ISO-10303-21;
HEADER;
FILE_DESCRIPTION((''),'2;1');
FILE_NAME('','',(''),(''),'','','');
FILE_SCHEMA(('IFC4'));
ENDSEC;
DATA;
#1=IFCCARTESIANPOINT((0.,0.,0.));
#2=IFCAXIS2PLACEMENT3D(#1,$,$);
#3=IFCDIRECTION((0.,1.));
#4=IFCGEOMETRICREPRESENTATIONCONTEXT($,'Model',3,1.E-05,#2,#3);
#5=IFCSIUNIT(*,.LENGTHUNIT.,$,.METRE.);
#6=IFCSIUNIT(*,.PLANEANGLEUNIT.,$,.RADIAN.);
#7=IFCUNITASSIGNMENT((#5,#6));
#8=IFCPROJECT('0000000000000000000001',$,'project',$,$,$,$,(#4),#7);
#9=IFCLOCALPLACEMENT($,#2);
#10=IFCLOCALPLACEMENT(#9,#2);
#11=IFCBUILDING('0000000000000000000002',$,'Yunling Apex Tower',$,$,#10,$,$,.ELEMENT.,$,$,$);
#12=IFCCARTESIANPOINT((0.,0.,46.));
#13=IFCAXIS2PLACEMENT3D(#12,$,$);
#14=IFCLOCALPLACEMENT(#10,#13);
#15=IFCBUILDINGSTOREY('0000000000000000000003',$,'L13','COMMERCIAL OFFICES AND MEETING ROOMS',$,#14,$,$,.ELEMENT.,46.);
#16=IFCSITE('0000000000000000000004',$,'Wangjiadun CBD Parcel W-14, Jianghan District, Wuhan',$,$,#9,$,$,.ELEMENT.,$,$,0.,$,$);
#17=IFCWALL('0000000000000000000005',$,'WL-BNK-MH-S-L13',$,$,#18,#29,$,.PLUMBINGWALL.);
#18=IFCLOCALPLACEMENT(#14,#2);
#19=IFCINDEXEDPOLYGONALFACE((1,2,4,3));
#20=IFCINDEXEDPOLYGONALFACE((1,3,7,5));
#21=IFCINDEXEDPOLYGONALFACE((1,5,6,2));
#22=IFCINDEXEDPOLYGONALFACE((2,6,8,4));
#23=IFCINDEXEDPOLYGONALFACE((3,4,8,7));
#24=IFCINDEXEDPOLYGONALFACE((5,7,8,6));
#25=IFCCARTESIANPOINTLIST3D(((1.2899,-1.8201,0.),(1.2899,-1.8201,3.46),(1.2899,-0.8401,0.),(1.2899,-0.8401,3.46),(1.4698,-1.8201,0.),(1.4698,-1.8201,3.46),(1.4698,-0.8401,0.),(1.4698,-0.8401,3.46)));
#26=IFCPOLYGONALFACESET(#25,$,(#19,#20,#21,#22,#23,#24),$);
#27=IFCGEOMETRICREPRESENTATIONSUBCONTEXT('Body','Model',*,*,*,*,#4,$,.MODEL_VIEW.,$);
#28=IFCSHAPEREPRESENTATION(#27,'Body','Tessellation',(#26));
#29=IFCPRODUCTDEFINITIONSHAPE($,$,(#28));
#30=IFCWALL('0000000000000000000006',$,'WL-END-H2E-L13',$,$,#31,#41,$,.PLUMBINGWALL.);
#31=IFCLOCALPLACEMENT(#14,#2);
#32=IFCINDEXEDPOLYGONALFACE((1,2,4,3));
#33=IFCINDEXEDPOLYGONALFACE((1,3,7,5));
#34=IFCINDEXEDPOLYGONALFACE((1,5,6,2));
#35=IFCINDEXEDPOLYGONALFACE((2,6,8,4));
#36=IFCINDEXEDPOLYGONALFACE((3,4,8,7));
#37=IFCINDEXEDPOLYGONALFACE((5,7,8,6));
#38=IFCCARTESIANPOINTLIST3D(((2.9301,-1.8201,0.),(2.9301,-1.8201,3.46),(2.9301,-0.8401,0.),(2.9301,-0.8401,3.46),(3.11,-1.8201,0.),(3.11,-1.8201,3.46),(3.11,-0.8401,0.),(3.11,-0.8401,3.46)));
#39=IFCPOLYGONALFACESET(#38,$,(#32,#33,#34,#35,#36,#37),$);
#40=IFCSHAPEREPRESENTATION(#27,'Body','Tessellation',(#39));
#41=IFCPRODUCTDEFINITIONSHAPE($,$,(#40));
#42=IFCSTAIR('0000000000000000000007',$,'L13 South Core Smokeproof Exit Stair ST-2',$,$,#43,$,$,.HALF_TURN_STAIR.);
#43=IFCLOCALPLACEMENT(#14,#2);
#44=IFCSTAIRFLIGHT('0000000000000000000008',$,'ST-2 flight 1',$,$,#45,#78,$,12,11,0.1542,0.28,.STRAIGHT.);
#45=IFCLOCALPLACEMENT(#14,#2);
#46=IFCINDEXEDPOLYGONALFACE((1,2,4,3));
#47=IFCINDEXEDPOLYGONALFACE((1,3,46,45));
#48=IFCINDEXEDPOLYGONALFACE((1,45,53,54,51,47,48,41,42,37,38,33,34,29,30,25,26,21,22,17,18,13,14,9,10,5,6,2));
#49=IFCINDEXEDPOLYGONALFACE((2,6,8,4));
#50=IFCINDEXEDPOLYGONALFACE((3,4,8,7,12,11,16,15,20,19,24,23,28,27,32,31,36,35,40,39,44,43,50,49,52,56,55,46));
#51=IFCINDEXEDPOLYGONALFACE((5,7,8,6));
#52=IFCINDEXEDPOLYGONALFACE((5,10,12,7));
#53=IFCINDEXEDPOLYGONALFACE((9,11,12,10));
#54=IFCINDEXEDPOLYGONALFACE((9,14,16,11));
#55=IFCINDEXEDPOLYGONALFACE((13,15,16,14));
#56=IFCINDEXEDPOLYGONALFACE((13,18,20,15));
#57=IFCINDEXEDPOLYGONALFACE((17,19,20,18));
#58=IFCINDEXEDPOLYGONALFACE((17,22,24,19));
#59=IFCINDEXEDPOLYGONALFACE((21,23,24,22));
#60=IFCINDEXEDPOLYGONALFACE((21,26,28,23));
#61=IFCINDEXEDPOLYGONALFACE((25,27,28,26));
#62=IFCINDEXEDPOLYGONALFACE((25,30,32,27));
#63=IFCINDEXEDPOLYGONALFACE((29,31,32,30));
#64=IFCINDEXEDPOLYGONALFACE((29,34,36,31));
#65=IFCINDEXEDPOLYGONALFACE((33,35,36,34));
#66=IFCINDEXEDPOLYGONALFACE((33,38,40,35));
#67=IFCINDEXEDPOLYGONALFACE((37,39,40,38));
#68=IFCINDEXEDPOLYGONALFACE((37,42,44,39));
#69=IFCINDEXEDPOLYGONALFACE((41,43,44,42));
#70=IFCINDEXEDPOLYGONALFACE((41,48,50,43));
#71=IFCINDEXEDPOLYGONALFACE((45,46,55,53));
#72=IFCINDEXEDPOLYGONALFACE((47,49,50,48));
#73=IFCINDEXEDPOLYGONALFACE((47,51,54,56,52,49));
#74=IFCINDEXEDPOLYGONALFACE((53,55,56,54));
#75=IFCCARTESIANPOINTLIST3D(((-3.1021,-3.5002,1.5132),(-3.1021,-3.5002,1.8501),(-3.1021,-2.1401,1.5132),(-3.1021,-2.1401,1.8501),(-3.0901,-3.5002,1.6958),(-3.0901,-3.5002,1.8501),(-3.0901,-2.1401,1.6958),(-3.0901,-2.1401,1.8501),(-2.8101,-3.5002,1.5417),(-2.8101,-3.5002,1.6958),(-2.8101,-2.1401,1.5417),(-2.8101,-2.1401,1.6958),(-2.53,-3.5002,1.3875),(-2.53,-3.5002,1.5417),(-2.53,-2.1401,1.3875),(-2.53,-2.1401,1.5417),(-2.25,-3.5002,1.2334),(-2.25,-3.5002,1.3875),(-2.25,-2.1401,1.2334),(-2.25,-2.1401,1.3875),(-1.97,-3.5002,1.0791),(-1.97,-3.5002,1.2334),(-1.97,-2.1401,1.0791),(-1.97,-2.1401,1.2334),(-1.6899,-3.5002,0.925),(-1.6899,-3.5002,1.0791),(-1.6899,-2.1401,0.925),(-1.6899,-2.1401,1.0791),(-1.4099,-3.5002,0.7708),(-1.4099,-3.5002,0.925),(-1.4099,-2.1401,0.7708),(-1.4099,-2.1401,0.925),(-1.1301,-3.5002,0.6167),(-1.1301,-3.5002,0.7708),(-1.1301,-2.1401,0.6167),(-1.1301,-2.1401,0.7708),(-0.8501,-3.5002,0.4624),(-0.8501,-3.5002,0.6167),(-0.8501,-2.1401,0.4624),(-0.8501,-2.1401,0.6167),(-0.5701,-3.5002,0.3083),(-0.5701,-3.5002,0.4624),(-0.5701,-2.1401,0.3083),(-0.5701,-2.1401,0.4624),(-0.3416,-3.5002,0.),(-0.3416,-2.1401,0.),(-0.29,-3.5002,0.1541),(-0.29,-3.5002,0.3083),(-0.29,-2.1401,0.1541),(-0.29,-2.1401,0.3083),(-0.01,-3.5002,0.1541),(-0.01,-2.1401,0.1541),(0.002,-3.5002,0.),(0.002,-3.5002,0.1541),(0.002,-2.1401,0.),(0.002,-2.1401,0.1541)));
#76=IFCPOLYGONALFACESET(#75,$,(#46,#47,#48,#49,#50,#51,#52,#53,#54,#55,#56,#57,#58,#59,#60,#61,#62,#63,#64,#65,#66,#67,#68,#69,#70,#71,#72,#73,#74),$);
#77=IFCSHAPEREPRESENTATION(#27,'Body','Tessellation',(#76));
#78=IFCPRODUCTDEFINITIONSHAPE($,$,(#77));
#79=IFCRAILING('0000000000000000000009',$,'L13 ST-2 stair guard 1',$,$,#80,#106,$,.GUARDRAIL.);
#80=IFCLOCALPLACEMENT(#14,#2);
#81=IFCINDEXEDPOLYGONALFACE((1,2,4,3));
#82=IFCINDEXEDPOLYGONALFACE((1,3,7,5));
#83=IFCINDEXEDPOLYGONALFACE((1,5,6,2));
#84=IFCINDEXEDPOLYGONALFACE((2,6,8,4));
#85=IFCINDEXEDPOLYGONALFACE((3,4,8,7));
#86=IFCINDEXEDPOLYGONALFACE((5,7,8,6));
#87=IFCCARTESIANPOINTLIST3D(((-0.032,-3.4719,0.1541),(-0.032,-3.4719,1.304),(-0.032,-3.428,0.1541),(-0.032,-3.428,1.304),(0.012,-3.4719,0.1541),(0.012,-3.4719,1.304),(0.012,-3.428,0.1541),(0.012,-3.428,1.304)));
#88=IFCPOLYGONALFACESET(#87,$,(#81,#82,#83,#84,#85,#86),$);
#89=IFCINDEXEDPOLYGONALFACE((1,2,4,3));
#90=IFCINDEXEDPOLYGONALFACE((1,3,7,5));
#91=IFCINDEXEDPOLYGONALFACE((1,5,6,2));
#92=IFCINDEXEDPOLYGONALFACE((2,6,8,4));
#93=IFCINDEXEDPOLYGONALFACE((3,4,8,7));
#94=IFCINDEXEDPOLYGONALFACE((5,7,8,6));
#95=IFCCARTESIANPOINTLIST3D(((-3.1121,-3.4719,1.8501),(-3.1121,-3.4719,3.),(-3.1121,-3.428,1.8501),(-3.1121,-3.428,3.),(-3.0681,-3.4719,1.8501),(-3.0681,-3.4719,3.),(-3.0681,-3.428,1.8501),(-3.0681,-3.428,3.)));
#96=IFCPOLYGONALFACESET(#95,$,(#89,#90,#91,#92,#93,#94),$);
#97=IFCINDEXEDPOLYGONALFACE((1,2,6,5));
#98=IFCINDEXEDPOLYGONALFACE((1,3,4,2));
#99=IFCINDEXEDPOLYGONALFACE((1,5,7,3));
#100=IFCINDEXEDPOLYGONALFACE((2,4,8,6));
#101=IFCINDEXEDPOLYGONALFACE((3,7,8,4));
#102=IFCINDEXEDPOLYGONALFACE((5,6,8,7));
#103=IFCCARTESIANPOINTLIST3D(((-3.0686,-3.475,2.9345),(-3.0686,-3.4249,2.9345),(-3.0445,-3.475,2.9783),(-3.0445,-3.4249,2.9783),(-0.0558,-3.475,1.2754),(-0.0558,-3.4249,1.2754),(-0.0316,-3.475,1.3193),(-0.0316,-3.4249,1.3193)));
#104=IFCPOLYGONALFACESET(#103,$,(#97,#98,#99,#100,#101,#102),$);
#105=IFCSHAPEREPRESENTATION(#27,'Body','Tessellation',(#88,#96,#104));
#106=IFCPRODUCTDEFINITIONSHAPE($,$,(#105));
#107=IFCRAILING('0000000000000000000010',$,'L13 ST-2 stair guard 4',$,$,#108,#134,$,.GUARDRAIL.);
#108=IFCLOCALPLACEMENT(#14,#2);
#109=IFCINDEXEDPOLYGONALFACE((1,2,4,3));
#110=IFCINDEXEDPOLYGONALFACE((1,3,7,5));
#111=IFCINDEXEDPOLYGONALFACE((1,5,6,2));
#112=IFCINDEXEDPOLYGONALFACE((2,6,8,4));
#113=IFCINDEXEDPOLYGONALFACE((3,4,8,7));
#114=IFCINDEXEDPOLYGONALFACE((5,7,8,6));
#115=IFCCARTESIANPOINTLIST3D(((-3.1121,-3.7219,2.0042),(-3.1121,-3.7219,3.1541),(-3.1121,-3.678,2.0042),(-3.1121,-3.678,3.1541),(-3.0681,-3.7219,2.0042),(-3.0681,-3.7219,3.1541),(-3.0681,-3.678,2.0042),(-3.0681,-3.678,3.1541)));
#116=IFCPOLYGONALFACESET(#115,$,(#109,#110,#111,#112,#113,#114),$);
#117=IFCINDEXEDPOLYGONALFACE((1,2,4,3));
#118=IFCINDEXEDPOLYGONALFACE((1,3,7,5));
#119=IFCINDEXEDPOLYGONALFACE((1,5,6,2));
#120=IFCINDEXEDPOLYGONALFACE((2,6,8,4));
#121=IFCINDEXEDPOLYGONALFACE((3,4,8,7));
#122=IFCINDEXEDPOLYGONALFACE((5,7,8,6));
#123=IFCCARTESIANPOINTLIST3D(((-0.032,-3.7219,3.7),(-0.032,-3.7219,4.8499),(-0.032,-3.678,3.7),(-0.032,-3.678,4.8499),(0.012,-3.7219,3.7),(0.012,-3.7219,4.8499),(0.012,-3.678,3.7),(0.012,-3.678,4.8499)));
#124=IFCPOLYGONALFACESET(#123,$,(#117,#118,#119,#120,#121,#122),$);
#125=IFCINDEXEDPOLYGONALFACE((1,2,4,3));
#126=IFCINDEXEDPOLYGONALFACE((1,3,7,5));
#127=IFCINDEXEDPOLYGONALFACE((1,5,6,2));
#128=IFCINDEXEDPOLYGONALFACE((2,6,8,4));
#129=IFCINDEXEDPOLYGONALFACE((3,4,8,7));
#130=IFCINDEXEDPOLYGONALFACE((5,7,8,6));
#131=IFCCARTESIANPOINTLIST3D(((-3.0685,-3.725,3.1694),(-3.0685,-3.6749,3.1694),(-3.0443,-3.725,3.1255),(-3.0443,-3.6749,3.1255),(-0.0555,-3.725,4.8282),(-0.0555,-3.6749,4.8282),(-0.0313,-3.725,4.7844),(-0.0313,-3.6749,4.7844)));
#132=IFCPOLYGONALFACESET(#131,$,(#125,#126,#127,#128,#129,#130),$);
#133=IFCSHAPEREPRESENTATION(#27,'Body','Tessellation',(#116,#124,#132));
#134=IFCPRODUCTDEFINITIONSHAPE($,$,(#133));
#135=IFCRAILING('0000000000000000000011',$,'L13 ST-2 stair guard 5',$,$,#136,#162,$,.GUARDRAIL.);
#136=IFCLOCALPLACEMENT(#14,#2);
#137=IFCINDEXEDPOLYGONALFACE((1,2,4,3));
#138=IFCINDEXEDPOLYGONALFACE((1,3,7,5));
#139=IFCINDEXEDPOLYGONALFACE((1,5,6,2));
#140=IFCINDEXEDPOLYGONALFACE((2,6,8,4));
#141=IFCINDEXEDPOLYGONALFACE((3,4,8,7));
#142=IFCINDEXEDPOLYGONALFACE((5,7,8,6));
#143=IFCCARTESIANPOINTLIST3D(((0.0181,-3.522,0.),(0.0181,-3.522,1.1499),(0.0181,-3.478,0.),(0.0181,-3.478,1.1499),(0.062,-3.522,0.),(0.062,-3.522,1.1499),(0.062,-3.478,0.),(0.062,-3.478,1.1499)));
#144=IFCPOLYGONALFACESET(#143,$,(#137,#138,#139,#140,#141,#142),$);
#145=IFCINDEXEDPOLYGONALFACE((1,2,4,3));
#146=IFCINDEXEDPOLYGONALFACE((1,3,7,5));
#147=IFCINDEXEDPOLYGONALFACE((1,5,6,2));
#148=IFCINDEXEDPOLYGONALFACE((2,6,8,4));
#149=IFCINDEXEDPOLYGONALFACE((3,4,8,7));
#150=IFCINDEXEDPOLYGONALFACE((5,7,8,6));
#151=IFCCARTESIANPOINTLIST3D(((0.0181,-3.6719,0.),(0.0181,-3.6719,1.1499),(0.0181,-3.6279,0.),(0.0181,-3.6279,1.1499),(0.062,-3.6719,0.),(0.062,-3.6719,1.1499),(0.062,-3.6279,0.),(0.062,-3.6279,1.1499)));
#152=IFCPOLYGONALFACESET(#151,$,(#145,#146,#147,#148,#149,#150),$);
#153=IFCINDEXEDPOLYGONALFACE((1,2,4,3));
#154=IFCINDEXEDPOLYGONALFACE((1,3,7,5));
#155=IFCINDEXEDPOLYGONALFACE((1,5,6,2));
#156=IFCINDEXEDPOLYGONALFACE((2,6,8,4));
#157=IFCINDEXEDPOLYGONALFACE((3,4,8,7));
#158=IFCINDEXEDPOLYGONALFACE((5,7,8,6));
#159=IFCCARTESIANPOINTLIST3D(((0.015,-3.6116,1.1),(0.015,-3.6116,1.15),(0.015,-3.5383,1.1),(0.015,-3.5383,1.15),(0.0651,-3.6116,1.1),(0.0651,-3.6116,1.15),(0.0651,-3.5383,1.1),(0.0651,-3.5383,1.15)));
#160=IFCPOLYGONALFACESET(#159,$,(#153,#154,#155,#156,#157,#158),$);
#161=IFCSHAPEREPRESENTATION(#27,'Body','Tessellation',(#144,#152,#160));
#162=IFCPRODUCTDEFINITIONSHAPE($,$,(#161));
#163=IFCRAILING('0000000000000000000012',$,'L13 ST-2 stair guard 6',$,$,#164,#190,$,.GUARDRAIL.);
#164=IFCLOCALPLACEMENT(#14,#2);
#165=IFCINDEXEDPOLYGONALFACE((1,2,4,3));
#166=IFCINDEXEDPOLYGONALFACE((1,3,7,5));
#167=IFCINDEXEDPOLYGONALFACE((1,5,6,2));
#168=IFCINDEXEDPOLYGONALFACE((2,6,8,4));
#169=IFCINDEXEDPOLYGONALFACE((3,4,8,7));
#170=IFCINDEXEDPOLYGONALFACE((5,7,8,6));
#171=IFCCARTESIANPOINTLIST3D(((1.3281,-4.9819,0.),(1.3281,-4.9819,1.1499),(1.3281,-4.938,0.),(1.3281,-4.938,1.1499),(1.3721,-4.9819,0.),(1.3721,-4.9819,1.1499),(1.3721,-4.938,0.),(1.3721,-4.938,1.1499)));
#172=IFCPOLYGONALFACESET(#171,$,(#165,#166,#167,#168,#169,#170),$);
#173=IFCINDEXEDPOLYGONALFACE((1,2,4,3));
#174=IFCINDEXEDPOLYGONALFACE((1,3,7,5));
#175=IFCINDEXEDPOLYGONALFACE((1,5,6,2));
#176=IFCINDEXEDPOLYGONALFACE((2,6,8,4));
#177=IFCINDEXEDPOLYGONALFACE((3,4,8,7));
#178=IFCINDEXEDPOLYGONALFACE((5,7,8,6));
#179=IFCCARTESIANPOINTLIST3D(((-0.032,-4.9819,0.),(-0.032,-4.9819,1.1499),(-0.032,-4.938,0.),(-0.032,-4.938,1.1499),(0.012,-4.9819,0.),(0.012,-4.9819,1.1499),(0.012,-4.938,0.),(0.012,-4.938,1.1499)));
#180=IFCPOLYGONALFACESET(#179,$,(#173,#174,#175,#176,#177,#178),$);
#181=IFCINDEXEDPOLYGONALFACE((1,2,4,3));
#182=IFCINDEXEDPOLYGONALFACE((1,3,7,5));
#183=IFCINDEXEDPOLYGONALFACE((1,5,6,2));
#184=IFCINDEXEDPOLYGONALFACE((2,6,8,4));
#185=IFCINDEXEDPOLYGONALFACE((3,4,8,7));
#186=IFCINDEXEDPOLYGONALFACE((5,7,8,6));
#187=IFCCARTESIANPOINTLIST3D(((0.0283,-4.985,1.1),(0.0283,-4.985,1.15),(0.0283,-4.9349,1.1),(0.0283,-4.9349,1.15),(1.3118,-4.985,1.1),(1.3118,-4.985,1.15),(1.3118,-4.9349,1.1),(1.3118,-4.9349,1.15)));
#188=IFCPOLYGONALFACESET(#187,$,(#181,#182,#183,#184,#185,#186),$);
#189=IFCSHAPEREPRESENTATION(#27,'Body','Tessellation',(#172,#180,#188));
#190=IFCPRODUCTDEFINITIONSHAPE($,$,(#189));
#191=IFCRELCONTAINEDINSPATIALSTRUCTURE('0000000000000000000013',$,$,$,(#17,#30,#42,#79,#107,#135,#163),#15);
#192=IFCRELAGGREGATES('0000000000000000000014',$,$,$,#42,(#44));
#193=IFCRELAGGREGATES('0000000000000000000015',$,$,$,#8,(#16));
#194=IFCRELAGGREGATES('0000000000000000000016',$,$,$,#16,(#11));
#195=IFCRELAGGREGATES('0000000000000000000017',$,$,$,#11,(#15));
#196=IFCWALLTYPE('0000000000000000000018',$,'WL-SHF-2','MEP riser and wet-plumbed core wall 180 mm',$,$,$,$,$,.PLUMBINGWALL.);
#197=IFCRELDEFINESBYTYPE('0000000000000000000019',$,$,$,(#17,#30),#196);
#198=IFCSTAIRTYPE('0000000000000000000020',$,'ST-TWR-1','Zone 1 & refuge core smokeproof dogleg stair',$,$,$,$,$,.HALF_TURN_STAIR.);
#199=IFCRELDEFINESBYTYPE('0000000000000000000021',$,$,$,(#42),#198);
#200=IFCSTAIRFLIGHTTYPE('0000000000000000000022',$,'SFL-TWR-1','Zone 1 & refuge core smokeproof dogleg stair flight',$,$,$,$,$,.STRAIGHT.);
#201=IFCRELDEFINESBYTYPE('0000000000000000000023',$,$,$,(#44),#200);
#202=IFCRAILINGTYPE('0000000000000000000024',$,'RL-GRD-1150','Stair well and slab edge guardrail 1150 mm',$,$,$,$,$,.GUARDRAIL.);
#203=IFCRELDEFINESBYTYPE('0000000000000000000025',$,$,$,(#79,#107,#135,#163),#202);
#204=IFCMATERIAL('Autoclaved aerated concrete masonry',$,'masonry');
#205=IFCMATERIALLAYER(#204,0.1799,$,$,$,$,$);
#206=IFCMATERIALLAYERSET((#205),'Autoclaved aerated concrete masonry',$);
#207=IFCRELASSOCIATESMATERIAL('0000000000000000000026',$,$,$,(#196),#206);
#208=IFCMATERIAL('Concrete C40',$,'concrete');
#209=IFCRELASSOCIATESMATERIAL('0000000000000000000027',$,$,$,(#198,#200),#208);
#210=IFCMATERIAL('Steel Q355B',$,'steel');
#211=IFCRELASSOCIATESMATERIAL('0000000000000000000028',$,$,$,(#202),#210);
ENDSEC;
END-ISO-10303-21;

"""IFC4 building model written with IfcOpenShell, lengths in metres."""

from ifc_helpers import new_model, si_unit, direction, frame, frame_2d, origin, origin_2d, place, context, subcontext, project, spatial, polyline, rectangle, outline, extrude, material, layer, layer_set, type_object, element, aggregate, save


model = new_model("IFC4")

# Units and contexts
model_context = context("Model", 3, precision=1e-05, world=origin(), true_north=direction((0.0, 1.0)))
body_context = subcontext(model_context, "Body", "Model", "MODEL_VIEW")
ifc_project = project(units=[si_unit("LENGTHUNIT", "METRE"), si_unit("PLANEANGLEUNIT", "RADIAN")], contexts=[model_context])

# Site, building, storey
site_placement = place(None, origin())
site = spatial("IfcSite", under=ifc_project, at=site_placement, Name="Wangjiadun CBD Parcel W-14, Jianghan District, Wuhan", CompositionType="ELEMENT", RefElevation=0.0)
building_placement = place(site_placement, origin())
building = spatial("IfcBuilding", under=site, at=building_placement, Name="Yunling Apex Tower", CompositionType="ELEMENT")
storey_placement = place(building_placement, frame((0.0, 0.0, 46.0)))
storey = spatial("IfcBuildingStorey", under=building, at=storey_placement, Name="L13", Description="COMMERCIAL OFFICES AND MEETING ROOMS", CompositionType="ELEMENT", Elevation=46.0)

# Shared definitions
ifc_material_1 = material(Name="Steel Q355B", Category="steel")

# Shared definitions
ifc_material_2 = material(Name="Concrete C40", Category="concrete")

# Shared definitions
ifc_material_3 = material(Name="Autoclaved aerated concrete masonry", Category="masonry")

# Walls
ifc_layer_1 = layer(ifc_material_3, 0.1799)
ifc_layer_set_1 = layer_set([ifc_layer_1], Name="Autoclaved aerated concrete masonry")
wall_type_1 = type_object("IfcWallType", Name="WL-SHF-2", Description="MEP riser and wet-plumbed core wall 180 mm", PredefinedType="PLUMBINGWALL", material=ifc_layer_set_1)
for number, where, z_axis, x_axis, name in (
    (1, (1.3799, -1.8201, 0.0), (0.0, 0.0, 1.0), (0.0, 1.0, 0.0), "WL-BNK-MH-S-L13"),
    (2, (3.02, -1.8201, 0.0), (0.0, 0.0, 1.0), (0.0, 1.0, 0.0), "WL-END-H2E-L13"),
):
    element("IfcWall", number, at=place(storey_placement, frame(where, z_axis=z_axis, x_axis=x_axis)), inside=storey, type_object=wall_type_1, Name=name, PredefinedType="PLUMBINGWALL", context=body_context, shape_type="SweptSolid", body=[
        extrude(rectangle(XDim=0.98, YDim=0.1799, at=frame_2d((0.49, 0.0))), origin(), (0.0, 0.0, 1.0), 3.46),
    ])

# Stair, stair flight
stair_type = type_object("IfcStairType", Name="ST-TWR-1", Description="Zone 1 & refuge core smokeproof dogleg stair", PredefinedType="HALF_TURN_STAIR", material=ifc_material_2)
stair_placement = place(storey_placement, origin())
stair = element("IfcStair", 3, at=stair_placement, inside=storey, type_object=stair_type, Name="L13 South Core Smokeproof Exit Stair ST-2", PredefinedType="HALF_TURN_STAIR")
stair_flight_type = type_object("IfcStairFlightType", Name="SFL-TWR-1", Description="Zone 1 & refuge core smokeproof dogleg stair flight", PredefinedType="STRAIGHT", material=ifc_material_2)
stair_flight_placement = place(storey_placement, frame((-0.01, -2.8201, 0.0), z_axis=(0.0, 0.0, 1.0), x_axis=(-1.0, 0.0, 0.0)))
stair_flight = element("IfcStairFlight", 4, at=stair_flight_placement, type_object=stair_flight_type, Name="ST-2 flight 1", NumberOfRisers=12, NumberOfTreads=11, PredefinedType="STRAIGHT", RiserHeight=0.1542, TreadLength=0.28, context=body_context, shape_type="SweptSolid", body=[
    extrude(outline(polyline([(-0.012, 0.0), (-0.012, 0.1541), (0.0, 0.1541), (0.28, 0.1541), (0.28, 0.3083), (0.5601, 0.3083), (0.5601, 0.4624), (0.8401, 0.4624), (0.8401, 0.6167), (1.1201, 0.6167), (1.1201, 0.7708), (1.3999, 0.7708), (1.3999, 0.925), (1.6799, 0.925), (1.6799, 1.0791), (1.96, 1.0791), (1.96, 1.2334), (2.24, 1.2334), (2.24, 1.3875), (2.52, 1.3875), (2.52, 1.5417), (2.8, 1.5417), (2.8, 1.6958), (3.0801, 1.6958), (3.0801, 1.8501), (3.092, 1.8501), (3.092, 1.5132), (0.3315, 0.0), (-0.012, 0.0)])), frame((0.0, 0.6802, 0.0), z_axis=(0.0, -1.0, 0.0), x_axis=(1.0, 0.0, 0.0)), (0.0, 0.0, 1.0), 1.3601),
])
aggregate(stair, [stair_flight])

# Railings
railing_type_1 = type_object("IfcRailingType", Name="RL-GRD-1150", Description="Stair well and slab edge guardrail 1150 mm", PredefinedType="GUARDRAIL", material=ifc_material_1)
railing_1_placement = place(storey_placement, frame((-0.01, -3.45, 0.1541)))
element("IfcRailing", 5, at=railing_1_placement, inside=storey, type_object=railing_type_1, Name="L13 ST-2 stair guard 1", PredefinedType="GUARDRAIL", context=body_context, shape_type="SweptSolid", body=[
    extrude(rectangle(XDim=0.0439, YDim=0.0439, at=origin_2d()), origin(), (0.0, 0.0, 1.0), 1.1499),
    extrude(rectangle(XDim=0.0439, YDim=0.0439, at=origin_2d()), frame((-3.0801, 0.0, 1.696)), (0.0, 0.0, 1.0), 1.1499),
    extrude(rectangle(XDim=0.05, YDim=0.05, at=origin_2d()), frame((-0.0337, 0.0, 1.1433), z_axis=(-0.875975, 0.0, 0.482356), x_axis=(0.0, -1.0, 0.0)), (0.0, 0.0, 1.0), 3.4395),
])
railing_2_placement = place(storey_placement, frame((-3.0901, -3.7, 2.0042)))
element("IfcRailing", 6, at=railing_2_placement, inside=storey, type_object=railing_type_1, Name="L13 ST-2 stair guard 4", PredefinedType="GUARDRAIL", context=body_context, shape_type="SweptSolid", body=[
    extrude(rectangle(XDim=0.0439, YDim=0.0439, at=origin_2d()), origin(), (0.0, 0.0, 1.0), 1.1499),
    extrude(rectangle(XDim=0.0439, YDim=0.0439, at=origin_2d()), frame((3.0801, 0.0, 1.6958)), (0.0, 0.0, 1.0), 1.1499),
    extrude(rectangle(XDim=0.05, YDim=0.05, at=origin_2d()), frame((0.0337, 0.0, 1.1433), z_axis=(0.876005, 0.0, 0.482303), x_axis=(0.0, 1.0, 0.0)), (0.0, 0.0, 1.0), 3.4395),
])
railing_3_placement = place(storey_placement, frame((0.04, -3.5, 0.0)))
element("IfcRailing", 7, at=railing_3_placement, inside=storey, type_object=railing_type_1, Name="L13 ST-2 stair guard 5", PredefinedType="GUARDRAIL", context=body_context, shape_type="SweptSolid", body=[
    extrude(rectangle(XDim=0.0439, YDim=0.0439, at=origin_2d()), origin(), (0.0, 0.0, 1.0), 1.1499),
    extrude(rectangle(XDim=0.0439, YDim=0.0439, at=origin_2d()), frame((0.0, -0.1499, 0.0)), (0.0, 0.0, 1.0), 1.1499),
    extrude(rectangle(XDim=0.05, YDim=0.05, at=origin_2d()), frame((0.0, -0.0383, 1.125), z_axis=(0.0, -1.0, 0.0), x_axis=(1.0, 0.0, 0.0)), (0.0, 0.0, 1.0), 0.0732),
])
railing_4_placement = place(storey_placement, frame((1.3501, -4.96, 0.0)))
element("IfcRailing", 8, at=railing_4_placement, inside=storey, type_object=railing_type_1, Name="L13 ST-2 stair guard 6", PredefinedType="GUARDRAIL", context=body_context, shape_type="SweptSolid", body=[
    extrude(rectangle(XDim=0.0439, YDim=0.0439, at=origin_2d()), origin(), (0.0, 0.0, 1.0), 1.1499),
    extrude(rectangle(XDim=0.0439, YDim=0.0439, at=origin_2d()), frame((-1.3601, 0.0, 0.0)), (0.0, 0.0, 1.0), 1.1499),
    extrude(rectangle(XDim=0.05, YDim=0.05, at=origin_2d()), frame((-0.0383, 0.0, 1.125), z_axis=(-1.0, 0.0, 0.0), x_axis=(0.0, -1.0, 0.0)), (0.0, 0.0, 1.0), 1.2834),
])

save(model, "model.ifc")
